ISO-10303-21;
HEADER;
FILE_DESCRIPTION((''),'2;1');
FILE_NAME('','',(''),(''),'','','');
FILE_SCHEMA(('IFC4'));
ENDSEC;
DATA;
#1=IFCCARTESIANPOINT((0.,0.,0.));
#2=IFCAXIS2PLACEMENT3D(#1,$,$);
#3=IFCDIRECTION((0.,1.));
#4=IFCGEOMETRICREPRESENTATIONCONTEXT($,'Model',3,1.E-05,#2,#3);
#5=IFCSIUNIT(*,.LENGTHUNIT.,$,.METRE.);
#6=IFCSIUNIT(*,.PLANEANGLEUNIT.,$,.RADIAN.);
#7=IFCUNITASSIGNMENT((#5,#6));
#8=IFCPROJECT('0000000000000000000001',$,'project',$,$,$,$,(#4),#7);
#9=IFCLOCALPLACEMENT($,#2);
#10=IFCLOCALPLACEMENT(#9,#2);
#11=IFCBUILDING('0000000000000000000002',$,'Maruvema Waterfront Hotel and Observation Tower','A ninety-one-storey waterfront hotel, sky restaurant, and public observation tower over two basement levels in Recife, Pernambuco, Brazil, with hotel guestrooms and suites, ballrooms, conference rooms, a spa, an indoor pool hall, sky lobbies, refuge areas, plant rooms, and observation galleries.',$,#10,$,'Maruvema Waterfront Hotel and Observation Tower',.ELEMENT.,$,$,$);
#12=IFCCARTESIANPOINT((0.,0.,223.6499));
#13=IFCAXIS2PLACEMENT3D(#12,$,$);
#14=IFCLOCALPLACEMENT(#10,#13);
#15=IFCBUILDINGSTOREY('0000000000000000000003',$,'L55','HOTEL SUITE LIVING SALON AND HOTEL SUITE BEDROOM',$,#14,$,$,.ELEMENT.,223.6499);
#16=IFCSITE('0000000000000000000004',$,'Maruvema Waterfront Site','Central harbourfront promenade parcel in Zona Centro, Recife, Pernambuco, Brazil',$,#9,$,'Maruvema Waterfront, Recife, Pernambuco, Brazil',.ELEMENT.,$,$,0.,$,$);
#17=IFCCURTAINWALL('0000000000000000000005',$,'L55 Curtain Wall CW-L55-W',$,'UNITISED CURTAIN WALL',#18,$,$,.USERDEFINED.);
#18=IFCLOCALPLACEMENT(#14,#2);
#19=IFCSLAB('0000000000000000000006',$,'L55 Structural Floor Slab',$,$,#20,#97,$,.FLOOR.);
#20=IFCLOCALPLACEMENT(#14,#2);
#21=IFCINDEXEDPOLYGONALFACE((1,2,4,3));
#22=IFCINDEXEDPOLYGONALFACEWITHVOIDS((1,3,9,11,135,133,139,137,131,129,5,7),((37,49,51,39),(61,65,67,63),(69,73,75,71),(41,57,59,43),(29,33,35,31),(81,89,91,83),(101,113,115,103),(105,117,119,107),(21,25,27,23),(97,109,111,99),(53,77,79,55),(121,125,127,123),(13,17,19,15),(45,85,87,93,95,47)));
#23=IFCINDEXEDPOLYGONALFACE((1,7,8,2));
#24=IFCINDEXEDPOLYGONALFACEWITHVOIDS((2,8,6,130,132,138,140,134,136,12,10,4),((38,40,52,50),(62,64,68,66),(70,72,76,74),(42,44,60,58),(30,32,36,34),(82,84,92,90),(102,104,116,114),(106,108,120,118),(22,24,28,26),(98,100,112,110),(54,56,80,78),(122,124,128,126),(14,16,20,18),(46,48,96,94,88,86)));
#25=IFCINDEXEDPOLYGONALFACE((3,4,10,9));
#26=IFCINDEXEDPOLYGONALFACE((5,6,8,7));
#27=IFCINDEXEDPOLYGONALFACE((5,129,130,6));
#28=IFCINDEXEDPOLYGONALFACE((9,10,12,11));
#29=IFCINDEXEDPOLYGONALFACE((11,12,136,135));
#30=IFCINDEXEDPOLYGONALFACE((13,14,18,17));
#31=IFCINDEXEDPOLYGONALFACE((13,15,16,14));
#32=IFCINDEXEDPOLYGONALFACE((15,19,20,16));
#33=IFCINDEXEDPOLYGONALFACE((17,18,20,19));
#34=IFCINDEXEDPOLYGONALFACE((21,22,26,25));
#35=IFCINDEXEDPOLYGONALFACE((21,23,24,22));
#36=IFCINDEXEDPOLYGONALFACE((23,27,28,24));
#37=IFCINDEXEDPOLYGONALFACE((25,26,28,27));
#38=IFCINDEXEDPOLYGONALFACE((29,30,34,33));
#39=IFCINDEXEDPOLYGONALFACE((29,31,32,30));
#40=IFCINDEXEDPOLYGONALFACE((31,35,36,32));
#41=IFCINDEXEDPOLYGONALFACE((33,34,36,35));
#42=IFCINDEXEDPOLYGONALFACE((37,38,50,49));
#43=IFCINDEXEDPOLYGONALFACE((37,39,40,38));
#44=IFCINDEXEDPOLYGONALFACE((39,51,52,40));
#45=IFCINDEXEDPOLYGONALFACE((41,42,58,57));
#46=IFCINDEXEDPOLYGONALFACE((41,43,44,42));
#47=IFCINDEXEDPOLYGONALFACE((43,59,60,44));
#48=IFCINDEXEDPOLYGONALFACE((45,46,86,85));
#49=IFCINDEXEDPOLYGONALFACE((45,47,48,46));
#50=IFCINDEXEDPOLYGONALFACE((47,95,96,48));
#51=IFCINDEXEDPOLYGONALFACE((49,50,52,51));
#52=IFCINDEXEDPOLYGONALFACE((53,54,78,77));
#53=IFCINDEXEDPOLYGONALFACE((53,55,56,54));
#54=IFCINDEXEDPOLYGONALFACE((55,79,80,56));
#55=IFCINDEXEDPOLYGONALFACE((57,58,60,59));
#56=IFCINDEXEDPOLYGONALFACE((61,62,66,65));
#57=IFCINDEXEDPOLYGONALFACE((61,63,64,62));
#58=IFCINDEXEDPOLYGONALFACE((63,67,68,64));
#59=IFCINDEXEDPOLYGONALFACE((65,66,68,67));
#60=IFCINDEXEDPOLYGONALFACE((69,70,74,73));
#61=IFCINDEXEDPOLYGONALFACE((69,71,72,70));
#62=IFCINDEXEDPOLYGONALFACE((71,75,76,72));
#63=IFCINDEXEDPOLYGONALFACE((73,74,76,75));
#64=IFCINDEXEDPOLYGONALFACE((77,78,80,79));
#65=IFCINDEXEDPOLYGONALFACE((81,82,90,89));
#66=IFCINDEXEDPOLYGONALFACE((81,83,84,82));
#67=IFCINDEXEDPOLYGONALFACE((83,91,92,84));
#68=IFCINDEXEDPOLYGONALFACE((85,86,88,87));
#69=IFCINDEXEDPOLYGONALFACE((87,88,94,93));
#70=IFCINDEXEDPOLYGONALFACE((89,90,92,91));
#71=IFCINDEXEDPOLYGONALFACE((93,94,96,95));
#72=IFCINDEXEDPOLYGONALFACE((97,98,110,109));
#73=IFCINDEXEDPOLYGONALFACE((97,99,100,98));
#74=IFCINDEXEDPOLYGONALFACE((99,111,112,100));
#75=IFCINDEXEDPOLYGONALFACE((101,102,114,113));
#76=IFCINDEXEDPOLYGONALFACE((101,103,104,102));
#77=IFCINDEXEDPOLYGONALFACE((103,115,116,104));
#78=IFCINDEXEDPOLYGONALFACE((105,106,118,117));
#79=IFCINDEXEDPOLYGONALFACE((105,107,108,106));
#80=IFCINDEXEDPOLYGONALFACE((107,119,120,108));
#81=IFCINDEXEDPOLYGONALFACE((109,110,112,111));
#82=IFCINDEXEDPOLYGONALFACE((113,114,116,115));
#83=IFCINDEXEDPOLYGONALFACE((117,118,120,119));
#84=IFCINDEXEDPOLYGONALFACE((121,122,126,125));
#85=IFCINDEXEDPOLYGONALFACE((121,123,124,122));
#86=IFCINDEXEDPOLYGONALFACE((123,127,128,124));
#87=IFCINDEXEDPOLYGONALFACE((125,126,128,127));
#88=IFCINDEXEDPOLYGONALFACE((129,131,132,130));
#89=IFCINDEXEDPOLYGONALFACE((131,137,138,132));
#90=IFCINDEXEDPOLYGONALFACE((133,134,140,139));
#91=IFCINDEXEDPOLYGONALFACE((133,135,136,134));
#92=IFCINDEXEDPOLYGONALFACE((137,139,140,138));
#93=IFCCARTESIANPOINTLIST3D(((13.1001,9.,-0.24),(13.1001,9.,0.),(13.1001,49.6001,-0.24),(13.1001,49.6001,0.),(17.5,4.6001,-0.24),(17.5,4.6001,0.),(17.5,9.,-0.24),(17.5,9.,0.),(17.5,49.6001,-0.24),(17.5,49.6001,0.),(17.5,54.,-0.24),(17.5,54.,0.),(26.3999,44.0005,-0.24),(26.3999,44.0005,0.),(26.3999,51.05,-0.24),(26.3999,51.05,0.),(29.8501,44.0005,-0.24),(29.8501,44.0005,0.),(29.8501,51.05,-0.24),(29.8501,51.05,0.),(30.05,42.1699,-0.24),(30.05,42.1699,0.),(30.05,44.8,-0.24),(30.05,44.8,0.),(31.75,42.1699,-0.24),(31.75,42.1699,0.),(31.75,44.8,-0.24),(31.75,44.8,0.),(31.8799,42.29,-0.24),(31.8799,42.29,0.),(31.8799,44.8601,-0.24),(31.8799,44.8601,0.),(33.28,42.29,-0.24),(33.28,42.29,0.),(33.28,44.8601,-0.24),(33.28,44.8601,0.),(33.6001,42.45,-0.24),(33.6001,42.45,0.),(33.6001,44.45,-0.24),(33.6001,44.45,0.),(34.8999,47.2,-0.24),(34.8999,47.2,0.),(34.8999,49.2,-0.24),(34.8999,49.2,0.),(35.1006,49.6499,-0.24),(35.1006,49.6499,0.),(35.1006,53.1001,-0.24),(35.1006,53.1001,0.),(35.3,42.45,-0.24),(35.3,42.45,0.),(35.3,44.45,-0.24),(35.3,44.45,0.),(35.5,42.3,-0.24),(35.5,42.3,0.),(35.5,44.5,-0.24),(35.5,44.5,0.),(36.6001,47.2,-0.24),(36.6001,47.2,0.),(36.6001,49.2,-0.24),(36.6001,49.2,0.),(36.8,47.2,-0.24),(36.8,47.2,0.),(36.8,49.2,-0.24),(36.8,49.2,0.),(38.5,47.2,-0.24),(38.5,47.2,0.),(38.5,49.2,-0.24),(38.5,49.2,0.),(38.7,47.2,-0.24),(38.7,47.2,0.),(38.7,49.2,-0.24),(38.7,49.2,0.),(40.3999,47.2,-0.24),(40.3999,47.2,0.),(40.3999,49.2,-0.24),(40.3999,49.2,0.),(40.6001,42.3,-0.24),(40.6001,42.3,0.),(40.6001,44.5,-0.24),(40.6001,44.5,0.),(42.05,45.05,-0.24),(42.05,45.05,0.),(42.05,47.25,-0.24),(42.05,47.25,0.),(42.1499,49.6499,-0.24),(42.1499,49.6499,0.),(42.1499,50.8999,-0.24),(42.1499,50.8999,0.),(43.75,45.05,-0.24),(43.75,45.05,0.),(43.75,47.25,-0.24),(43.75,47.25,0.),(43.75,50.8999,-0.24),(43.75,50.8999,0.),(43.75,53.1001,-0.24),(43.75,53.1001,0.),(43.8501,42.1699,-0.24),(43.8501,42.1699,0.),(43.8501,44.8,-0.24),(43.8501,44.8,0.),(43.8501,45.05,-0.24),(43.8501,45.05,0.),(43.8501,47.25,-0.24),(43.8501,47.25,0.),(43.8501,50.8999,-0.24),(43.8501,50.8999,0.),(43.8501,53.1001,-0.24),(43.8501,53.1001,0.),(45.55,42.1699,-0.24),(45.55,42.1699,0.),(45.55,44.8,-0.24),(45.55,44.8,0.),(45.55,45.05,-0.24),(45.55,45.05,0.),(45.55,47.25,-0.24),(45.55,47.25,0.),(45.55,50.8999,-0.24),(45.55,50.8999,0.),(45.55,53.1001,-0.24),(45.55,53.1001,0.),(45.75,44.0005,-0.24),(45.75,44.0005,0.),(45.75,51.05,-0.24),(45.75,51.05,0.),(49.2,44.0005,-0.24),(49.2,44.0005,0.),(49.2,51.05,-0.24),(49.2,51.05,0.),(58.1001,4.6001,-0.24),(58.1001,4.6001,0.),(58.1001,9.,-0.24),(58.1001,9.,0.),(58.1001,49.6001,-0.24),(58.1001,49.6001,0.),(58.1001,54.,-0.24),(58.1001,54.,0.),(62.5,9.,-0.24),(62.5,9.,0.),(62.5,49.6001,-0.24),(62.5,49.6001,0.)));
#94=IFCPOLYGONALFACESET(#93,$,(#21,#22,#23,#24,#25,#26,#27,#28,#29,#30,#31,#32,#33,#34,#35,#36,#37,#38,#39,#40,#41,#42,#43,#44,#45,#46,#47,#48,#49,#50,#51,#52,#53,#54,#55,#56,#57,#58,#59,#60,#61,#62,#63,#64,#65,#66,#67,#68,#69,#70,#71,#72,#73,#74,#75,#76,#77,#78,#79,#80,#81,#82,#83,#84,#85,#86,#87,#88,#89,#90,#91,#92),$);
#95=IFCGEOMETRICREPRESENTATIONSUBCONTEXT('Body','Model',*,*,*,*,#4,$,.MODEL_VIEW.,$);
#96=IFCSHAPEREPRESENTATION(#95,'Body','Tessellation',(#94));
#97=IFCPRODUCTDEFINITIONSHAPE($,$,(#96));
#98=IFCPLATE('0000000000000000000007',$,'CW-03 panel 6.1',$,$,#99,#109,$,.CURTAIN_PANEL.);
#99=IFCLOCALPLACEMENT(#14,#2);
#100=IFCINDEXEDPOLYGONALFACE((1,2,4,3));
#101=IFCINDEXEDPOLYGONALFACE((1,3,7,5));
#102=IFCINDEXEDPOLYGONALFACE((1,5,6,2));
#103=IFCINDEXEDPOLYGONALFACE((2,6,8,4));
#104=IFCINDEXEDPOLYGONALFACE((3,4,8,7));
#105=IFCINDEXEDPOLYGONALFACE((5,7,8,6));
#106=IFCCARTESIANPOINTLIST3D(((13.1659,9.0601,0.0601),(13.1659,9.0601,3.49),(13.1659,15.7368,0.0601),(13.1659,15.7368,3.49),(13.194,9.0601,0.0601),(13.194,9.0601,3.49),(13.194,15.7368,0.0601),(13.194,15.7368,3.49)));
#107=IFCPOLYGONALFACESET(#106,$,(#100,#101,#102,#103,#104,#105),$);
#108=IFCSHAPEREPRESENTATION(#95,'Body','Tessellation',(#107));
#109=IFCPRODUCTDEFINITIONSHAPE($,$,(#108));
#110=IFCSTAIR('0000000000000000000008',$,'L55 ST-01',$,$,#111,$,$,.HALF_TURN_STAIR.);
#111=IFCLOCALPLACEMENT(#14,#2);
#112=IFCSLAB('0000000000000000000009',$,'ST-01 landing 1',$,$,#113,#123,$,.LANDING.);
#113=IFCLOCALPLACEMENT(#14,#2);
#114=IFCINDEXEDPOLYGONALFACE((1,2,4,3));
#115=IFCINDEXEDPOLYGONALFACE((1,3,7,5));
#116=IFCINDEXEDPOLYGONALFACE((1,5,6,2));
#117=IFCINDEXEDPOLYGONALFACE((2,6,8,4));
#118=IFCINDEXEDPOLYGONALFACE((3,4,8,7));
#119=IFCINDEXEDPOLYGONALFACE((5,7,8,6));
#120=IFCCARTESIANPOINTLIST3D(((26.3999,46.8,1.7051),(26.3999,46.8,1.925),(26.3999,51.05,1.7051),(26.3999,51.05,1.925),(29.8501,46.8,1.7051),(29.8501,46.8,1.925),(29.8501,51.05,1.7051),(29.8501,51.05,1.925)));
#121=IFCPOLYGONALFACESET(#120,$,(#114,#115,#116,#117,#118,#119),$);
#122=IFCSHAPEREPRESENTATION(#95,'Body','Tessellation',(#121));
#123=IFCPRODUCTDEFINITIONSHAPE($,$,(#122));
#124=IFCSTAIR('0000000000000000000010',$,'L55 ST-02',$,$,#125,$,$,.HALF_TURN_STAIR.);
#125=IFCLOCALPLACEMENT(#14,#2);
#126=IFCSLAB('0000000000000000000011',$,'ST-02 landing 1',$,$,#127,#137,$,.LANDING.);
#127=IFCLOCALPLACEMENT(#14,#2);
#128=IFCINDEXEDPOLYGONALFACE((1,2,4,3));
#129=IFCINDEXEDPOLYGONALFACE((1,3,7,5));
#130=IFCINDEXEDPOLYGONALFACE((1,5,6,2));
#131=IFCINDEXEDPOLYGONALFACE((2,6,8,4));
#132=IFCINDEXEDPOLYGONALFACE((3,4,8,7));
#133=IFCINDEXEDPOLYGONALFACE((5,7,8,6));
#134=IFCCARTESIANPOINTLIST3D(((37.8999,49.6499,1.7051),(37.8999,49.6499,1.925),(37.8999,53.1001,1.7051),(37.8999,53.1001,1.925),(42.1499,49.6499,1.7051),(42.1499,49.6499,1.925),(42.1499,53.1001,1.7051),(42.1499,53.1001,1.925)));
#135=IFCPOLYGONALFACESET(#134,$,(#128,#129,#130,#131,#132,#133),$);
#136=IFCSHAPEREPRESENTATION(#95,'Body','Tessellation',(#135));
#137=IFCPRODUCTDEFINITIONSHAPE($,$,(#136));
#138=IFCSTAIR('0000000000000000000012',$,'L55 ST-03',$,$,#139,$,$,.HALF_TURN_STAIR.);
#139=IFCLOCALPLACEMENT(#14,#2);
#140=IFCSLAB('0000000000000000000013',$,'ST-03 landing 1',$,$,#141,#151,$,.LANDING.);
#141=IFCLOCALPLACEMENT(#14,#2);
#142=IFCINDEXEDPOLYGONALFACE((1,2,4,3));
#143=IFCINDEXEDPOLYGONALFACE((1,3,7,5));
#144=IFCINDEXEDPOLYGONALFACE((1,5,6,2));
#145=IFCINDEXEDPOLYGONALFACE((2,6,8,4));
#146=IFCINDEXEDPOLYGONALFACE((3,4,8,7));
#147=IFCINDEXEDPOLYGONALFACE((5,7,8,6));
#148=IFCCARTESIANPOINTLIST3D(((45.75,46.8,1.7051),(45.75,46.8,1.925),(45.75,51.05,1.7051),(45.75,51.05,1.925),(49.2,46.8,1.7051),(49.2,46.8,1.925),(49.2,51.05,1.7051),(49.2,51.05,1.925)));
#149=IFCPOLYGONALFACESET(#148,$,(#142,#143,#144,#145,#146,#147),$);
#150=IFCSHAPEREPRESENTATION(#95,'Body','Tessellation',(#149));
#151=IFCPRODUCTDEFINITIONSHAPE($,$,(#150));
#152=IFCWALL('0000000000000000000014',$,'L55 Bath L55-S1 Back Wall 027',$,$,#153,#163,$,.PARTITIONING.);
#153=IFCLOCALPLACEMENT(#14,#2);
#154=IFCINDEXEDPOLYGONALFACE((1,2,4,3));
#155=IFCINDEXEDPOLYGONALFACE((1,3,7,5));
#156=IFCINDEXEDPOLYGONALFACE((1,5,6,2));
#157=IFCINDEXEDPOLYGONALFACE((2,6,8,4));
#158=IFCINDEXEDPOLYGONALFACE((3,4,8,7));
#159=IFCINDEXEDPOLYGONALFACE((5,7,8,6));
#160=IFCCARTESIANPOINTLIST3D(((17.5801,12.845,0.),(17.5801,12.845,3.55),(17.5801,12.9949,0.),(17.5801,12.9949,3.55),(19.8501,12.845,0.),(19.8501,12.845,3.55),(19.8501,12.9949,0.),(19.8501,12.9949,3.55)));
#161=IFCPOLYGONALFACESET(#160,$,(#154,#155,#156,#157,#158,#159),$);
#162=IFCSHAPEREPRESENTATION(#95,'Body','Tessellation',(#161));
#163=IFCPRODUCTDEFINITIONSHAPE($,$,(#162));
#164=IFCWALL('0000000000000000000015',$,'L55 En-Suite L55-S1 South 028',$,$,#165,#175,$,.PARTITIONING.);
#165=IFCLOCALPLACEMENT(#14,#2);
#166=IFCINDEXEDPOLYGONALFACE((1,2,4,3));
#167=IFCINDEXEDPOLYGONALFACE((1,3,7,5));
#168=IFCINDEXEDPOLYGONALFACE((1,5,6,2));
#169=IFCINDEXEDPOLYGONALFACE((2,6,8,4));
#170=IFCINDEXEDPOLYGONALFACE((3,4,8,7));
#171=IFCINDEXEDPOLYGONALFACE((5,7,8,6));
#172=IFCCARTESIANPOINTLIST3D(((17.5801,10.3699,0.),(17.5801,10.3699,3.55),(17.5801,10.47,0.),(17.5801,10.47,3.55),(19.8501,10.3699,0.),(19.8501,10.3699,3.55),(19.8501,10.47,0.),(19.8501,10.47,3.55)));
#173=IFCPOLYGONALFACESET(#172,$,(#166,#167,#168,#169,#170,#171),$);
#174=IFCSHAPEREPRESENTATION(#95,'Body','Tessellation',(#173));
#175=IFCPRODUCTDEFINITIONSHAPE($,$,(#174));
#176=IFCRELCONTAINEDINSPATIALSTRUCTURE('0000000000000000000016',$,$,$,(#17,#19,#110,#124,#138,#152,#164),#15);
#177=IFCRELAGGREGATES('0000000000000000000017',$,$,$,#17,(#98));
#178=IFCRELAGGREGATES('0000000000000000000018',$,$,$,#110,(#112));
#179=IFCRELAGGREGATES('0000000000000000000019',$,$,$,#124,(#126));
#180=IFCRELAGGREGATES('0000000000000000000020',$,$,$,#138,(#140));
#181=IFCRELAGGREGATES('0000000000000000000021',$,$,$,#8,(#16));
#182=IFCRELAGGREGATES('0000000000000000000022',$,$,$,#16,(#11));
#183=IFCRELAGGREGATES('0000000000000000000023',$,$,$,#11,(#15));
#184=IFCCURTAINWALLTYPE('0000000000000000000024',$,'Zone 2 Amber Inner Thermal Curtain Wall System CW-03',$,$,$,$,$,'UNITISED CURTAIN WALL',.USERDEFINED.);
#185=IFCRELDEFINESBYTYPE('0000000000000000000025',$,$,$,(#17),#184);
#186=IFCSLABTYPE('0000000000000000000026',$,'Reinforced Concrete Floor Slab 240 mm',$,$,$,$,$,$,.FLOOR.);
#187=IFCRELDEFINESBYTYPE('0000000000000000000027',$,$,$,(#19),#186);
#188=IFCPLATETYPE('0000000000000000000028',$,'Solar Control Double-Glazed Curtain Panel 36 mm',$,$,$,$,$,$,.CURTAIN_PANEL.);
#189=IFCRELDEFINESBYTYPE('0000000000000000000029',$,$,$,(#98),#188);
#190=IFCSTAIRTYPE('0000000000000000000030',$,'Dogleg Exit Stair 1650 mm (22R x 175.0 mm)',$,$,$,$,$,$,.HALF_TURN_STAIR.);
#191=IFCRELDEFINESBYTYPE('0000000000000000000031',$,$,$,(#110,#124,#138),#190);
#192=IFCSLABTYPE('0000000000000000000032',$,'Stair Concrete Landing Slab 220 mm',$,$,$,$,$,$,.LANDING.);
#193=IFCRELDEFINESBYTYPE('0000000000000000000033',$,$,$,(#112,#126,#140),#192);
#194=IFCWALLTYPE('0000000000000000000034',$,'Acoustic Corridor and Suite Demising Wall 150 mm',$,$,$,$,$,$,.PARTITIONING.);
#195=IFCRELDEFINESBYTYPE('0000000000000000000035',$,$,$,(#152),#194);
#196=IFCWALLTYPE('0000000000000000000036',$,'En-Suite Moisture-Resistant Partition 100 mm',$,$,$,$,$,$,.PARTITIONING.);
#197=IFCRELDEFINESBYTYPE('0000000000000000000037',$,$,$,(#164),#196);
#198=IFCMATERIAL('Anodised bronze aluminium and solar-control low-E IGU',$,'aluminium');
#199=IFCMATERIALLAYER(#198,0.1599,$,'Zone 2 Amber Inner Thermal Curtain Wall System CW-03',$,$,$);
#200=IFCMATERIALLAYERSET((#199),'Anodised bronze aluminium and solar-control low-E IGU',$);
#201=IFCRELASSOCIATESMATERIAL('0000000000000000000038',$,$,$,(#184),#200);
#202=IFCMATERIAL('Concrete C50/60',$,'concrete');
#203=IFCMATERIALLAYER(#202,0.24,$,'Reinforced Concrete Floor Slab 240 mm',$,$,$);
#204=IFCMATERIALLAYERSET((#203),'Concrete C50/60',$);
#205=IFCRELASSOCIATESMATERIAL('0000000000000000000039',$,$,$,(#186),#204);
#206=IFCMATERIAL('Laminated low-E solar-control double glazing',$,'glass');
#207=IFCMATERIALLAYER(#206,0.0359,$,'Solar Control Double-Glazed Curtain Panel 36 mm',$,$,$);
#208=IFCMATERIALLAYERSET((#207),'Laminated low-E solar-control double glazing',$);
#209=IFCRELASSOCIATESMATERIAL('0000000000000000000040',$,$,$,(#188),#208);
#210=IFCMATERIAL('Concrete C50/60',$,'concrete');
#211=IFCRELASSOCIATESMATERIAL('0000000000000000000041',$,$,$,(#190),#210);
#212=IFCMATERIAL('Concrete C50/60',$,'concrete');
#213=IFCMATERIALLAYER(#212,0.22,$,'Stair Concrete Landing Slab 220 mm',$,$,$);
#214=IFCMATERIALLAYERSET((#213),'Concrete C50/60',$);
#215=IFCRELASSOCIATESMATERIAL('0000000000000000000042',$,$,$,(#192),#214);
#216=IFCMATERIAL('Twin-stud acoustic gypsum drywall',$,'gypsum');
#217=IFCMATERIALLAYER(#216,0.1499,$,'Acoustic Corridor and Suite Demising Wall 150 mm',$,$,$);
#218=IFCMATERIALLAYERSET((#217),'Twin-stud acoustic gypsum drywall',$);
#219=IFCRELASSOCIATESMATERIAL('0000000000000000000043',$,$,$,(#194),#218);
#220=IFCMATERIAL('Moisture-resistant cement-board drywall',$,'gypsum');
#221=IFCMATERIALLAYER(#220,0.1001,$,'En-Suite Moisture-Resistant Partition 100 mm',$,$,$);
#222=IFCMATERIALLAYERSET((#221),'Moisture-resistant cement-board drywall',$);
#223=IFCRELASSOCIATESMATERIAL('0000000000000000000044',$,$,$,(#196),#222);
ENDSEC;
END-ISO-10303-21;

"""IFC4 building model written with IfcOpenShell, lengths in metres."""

from ifc_helpers import new_model, si_unit, direction, frame, frame_2d, origin, origin_2d, place, context, subcontext, project, spatial, polyline, rectangle, outline, extrude, material, layer, layer_set, type_object, element, aggregate, save


model = new_model("IFC4")

# Units and contexts
model_context = context("Model", 3, precision=1e-05, world=origin(), true_north=direction((0.0, 1.0)))
body_context = subcontext(model_context, "Body", "Model", "MODEL_VIEW")
ifc_project = project(units=[si_unit("LENGTHUNIT", "METRE"), si_unit("PLANEANGLEUNIT", "RADIAN")], contexts=[model_context])

# Site, building, storey
site_placement = place(None, origin())
site = spatial("IfcSite", under=ifc_project, at=site_placement, Name="Maruvema Waterfront Site", Description="Central harbourfront promenade parcel in Zona Centro, Recife, Pernambuco, Brazil", LongName="Maruvema Waterfront, Recife, Pernambuco, Brazil", CompositionType="ELEMENT", RefElevation=0.0)
building_placement = place(site_placement, origin())
building = spatial("IfcBuilding", under=site, at=building_placement, Name="Maruvema Waterfront Hotel and Observation Tower", Description="A ninety-one-storey waterfront hotel, sky restaurant, and public observation tower over two basement levels in Recife, Pernambuco, Brazil, with hotel guestrooms and suites, ballrooms, conference rooms, a spa, an indoor pool hall, sky lobbies, refuge areas, plant rooms, and observation galleries.", LongName="Maruvema Waterfront Hotel and Observation Tower", CompositionType="ELEMENT")
storey_placement = place(building_placement, frame((0.0, 0.0, 223.6499)))
storey = spatial("IfcBuildingStorey", under=building, at=storey_placement, Name="L55", Description="HOTEL SUITE LIVING SALON AND HOTEL SUITE BEDROOM", CompositionType="ELEMENT", Elevation=223.6499)

# Curtain wall
ifc_material_1 = material(Name="Anodised bronze aluminium and solar-control low-E IGU", Category="aluminium")
ifc_layer_1 = layer(ifc_material_1, 0.1599, Name="Zone 2 Amber Inner Thermal Curtain Wall System CW-03")
ifc_layer_set_1 = layer_set([ifc_layer_1], Name="Anodised bronze aluminium and solar-control low-E IGU")
curtain_wall_type = type_object("IfcCurtainWallType", Name="Zone 2 Amber Inner Thermal Curtain Wall System CW-03", ElementType="UNITISED CURTAIN WALL", PredefinedType="USERDEFINED", material=ifc_layer_set_1)
curtain_wall_1_placement = place(storey_placement, origin())
curtain_wall_1 = element("IfcCurtainWall", 1, at=curtain_wall_1_placement, inside=storey, type_object=curtain_wall_type, Name="L55 Curtain Wall CW-L55-W", ObjectType="UNITISED CURTAIN WALL", PredefinedType="USERDEFINED")

# Slab
ifc_material_2 = material(Name="Concrete C50/60", Category="concrete")
ifc_layer_2 = layer(ifc_material_2, 0.24, Name="Reinforced Concrete Floor Slab 240 mm")
ifc_layer_set_2 = layer_set([ifc_layer_2], Name="Concrete C50/60")
slab_type_1 = type_object("IfcSlabType", Name="Reinforced Concrete Floor Slab 240 mm", PredefinedType="FLOOR", material=ifc_layer_set_2)
slab_1_placement = place(storey_placement, frame((0.0, 0.0, -0.24)))
element("IfcSlab", 2, at=slab_1_placement, inside=storey, type_object=slab_type_1, Name="L55 Structural Floor Slab", PredefinedType="FLOOR", context=body_context, shape_type="SweptSolid", body=[
    extrude(outline(polyline([(17.5, 4.6001), (58.1001, 4.6001), (58.1001, 9.0), (62.5, 9.0), (62.5, 49.6001), (58.1001, 49.6001), (58.1001, 54.0), (17.5, 54.0), (17.5, 49.6001), (13.1001, 49.6001), (13.1001, 9.0), (17.5, 9.0), (17.5, 4.6001)]), holes=[polyline([(26.3999, 44.0005), (26.3999, 51.05), (29.8501, 51.05), (29.8501, 44.0005), (26.3999, 44.0005)]), polyline([(30.05, 44.8), (31.75, 44.8), (31.75, 42.1699), (30.05, 42.1699), (30.05, 44.8)]), polyline([(31.8799, 44.8601), (33.28, 44.8601), (33.28, 42.29), (31.8799, 42.29), (31.8799, 44.8601)]), polyline([(33.6001, 44.45), (35.3, 44.45), (35.3, 42.45), (33.6001, 42.45), (33.6001, 44.45)]), polyline([(34.8999, 49.2), (36.6001, 49.2), (36.6001, 47.2), (34.8999, 47.2), (34.8999, 49.2)]), polyline([(36.8, 49.2), (38.5, 49.2), (38.5, 47.2), (36.8, 47.2), (36.8, 49.2)]), polyline([(35.5, 42.3), (35.5, 44.5), (40.6001, 44.5), (40.6001, 42.3), (35.5, 42.3)]), polyline([(35.1006, 53.1001), (43.75, 53.1001), (43.75, 50.8999), (42.1499, 50.8999), (42.1499, 49.6499), (35.1006, 49.6499), (35.1006, 53.1001)]), polyline([(38.7, 49.2), (40.3999, 49.2), (40.3999, 47.2), (38.7, 47.2), (38.7, 49.2)]), polyline([(42.05, 47.25), (43.75, 47.25), (43.75, 45.05), (42.05, 45.05), (42.05, 47.25)]), polyline([(43.8501, 44.8), (45.55, 44.8), (45.55, 42.1699), (43.8501, 42.1699), (43.8501, 44.8)]), polyline([(43.8501, 47.25), (45.55, 47.25), (45.55, 45.05), (43.8501, 45.05), (43.8501, 47.25)]), polyline([(45.55, 53.1001), (45.55, 50.8999), (43.8501, 50.8999), (43.8501, 53.1001), (45.55, 53.1001)]), polyline([(45.75, 44.0005), (45.75, 51.05), (49.2, 51.05), (49.2, 44.0005), (45.75, 44.0005)])]), origin(), (0.0, 0.0, 1.0), 0.24),
])

# Plate
ifc_material_3 = material(Name="Laminated low-E solar-control double glazing", Category="glass")
ifc_layer_3 = layer(ifc_material_3, 0.0359, Name="Solar Control Double-Glazed Curtain Panel 36 mm")
ifc_layer_set_3 = layer_set([ifc_layer_3], Name="Laminated low-E solar-control double glazing")
plate_type = type_object("IfcPlateType", Name="Solar Control Double-Glazed Curtain Panel 36 mm", PredefinedType="CURTAIN_PANEL", material=ifc_layer_set_3)
plate_placement = place(storey_placement, frame((13.1799, 12.3984, 0.0601), z_axis=(0.0, 0.0, 1.0), x_axis=(0.0, -1.0, 0.0)))
plate = element("IfcPlate", 3, at=plate_placement, type_object=plate_type, Name="CW-03 panel 6.1", PredefinedType="CURTAIN_PANEL", context=body_context, shape_type="SweptSolid", body=[
    extrude(rectangle(XDim=6.6768, YDim=0.0281, at=origin_2d()), origin(), (0.0, 0.0, 1.0), 3.4299),
])
aggregate(curtain_wall_1, [plate])

# Stairs, slabs
ifc_material_4 = material(Name="Concrete C50/60", Category="concrete")
stair_type = type_object("IfcStairType", Name="Dogleg Exit Stair 1650 mm (22R x 175.0 mm)", PredefinedType="HALF_TURN_STAIR", material=ifc_material_4)
stair_1_placement = place(storey_placement, origin())
stair_1 = element("IfcStair", 4, at=stair_1_placement, inside=storey, type_object=stair_type, Name="L55 ST-01", PredefinedType="HALF_TURN_STAIR")
ifc_material_5 = material(Name="Concrete C50/60", Category="concrete")
ifc_layer_4 = layer(ifc_material_5, 0.22, Name="Stair Concrete Landing Slab 220 mm")
ifc_layer_set_4 = layer_set([ifc_layer_4], Name="Concrete C50/60")
slab_type_2 = type_object("IfcSlabType", Name="Stair Concrete Landing Slab 220 mm", PredefinedType="LANDING", material=ifc_layer_set_4)
slab_2_placement = place(storey_placement, frame((0.0, 0.0, 1.7051)))
slab_2 = element("IfcSlab", 5, at=slab_2_placement, type_object=slab_type_2, Name="ST-01 landing 1", PredefinedType="LANDING", context=body_context, shape_type="SweptSolid", body=[
    extrude(outline(polyline([(29.8501, 46.8), (29.8501, 51.05), (26.3999, 51.05), (26.3999, 46.8), (29.8501, 46.8)])), origin(), (0.0, 0.0, 1.0), 0.22),
])
aggregate(stair_1, [slab_2])
stair_2_placement = place(storey_placement, origin())
stair_2 = element("IfcStair", 6, at=stair_2_placement, inside=storey, type_object=stair_type, Name="L55 ST-02", PredefinedType="HALF_TURN_STAIR")
slab_3_placement = place(storey_placement, frame((0.0, 0.0, 1.7051)))
slab_3 = element("IfcSlab", 7, at=slab_3_placement, type_object=slab_type_2, Name="ST-02 landing 1", PredefinedType="LANDING", context=body_context, shape_type="SweptSolid", body=[
    extrude(outline(polyline([(37.8999, 49.6499), (42.1499, 49.6499), (42.1499, 53.1001), (37.8999, 53.1001), (37.8999, 49.6499)])), origin(), (0.0, 0.0, 1.0), 0.22),
])
aggregate(stair_2, [slab_3])
stair_3_placement = place(storey_placement, origin())
stair_3 = element("IfcStair", 8, at=stair_3_placement, inside=storey, type_object=stair_type, Name="L55 ST-03", PredefinedType="HALF_TURN_STAIR")
slab_4_placement = place(storey_placement, frame((0.0, 0.0, 1.7051)))
slab_4 = element("IfcSlab", 9, at=slab_4_placement, type_object=slab_type_2, Name="ST-03 landing 1", PredefinedType="LANDING", context=body_context, shape_type="SweptSolid", body=[
    extrude(outline(polyline([(49.2, 46.8), (49.2, 51.05), (45.75, 51.05), (45.75, 46.8), (49.2, 46.8)])), origin(), (0.0, 0.0, 1.0), 0.22),
])
aggregate(stair_3, [slab_4])

# Walls
ifc_material_6 = material(Name="Twin-stud acoustic gypsum drywall", Category="gypsum")
ifc_layer_5 = layer(ifc_material_6, 0.1499, Name="Acoustic Corridor and Suite Demising Wall 150 mm")
ifc_layer_set_5 = layer_set([ifc_layer_5], Name="Twin-stud acoustic gypsum drywall")
wall_type_1 = type_object("IfcWallType", Name="Acoustic Corridor and Suite Demising Wall 150 mm", PredefinedType="PARTITIONING", material=ifc_layer_set_5)
wall_1_placement = place(storey_placement, frame((17.5801, 12.9199, 0.0), z_axis=(0.0, 0.0, 1.0), x_axis=(1.0, 0.0, 0.0)))
element("IfcWall", 10, at=wall_1_placement, inside=storey, type_object=wall_type_1, Name="L55 Bath L55-S1 Back Wall 027", PredefinedType="PARTITIONING", context=body_context, shape_type="SweptSolid", body=[
    extrude(rectangle(XDim=2.27, YDim=0.1499, at=frame_2d((1.135, 0.0))), origin(), (0.0, 0.0, 1.0), 3.55),
])
ifc_material_7 = material(Name="Moisture-resistant cement-board drywall", Category="gypsum")
ifc_layer_6 = layer(ifc_material_7, 0.1001, Name="En-Suite Moisture-Resistant Partition 100 mm")
ifc_layer_set_6 = layer_set([ifc_layer_6], Name="Moisture-resistant cement-board drywall")
wall_type_2 = type_object("IfcWallType", Name="En-Suite Moisture-Resistant Partition 100 mm", PredefinedType="PARTITIONING", material=ifc_layer_set_6)
wall_2_placement = place(storey_placement, frame((17.5801, 10.4199, 0.0), z_axis=(0.0, 0.0, 1.0), x_axis=(1.0, 0.0, 0.0)))
element("IfcWall", 11, at=wall_2_placement, inside=storey, type_object=wall_type_2, Name="L55 En-Suite L55-S1 South 028", PredefinedType="PARTITIONING", context=body_context, shape_type="SweptSolid", body=[
    extrude(rectangle(XDim=2.27, YDim=0.1001, at=frame_2d((1.135, 0.0))), origin(), (0.0, 0.0, 1.0), 3.55),
])

save(model, "model.ifc")
